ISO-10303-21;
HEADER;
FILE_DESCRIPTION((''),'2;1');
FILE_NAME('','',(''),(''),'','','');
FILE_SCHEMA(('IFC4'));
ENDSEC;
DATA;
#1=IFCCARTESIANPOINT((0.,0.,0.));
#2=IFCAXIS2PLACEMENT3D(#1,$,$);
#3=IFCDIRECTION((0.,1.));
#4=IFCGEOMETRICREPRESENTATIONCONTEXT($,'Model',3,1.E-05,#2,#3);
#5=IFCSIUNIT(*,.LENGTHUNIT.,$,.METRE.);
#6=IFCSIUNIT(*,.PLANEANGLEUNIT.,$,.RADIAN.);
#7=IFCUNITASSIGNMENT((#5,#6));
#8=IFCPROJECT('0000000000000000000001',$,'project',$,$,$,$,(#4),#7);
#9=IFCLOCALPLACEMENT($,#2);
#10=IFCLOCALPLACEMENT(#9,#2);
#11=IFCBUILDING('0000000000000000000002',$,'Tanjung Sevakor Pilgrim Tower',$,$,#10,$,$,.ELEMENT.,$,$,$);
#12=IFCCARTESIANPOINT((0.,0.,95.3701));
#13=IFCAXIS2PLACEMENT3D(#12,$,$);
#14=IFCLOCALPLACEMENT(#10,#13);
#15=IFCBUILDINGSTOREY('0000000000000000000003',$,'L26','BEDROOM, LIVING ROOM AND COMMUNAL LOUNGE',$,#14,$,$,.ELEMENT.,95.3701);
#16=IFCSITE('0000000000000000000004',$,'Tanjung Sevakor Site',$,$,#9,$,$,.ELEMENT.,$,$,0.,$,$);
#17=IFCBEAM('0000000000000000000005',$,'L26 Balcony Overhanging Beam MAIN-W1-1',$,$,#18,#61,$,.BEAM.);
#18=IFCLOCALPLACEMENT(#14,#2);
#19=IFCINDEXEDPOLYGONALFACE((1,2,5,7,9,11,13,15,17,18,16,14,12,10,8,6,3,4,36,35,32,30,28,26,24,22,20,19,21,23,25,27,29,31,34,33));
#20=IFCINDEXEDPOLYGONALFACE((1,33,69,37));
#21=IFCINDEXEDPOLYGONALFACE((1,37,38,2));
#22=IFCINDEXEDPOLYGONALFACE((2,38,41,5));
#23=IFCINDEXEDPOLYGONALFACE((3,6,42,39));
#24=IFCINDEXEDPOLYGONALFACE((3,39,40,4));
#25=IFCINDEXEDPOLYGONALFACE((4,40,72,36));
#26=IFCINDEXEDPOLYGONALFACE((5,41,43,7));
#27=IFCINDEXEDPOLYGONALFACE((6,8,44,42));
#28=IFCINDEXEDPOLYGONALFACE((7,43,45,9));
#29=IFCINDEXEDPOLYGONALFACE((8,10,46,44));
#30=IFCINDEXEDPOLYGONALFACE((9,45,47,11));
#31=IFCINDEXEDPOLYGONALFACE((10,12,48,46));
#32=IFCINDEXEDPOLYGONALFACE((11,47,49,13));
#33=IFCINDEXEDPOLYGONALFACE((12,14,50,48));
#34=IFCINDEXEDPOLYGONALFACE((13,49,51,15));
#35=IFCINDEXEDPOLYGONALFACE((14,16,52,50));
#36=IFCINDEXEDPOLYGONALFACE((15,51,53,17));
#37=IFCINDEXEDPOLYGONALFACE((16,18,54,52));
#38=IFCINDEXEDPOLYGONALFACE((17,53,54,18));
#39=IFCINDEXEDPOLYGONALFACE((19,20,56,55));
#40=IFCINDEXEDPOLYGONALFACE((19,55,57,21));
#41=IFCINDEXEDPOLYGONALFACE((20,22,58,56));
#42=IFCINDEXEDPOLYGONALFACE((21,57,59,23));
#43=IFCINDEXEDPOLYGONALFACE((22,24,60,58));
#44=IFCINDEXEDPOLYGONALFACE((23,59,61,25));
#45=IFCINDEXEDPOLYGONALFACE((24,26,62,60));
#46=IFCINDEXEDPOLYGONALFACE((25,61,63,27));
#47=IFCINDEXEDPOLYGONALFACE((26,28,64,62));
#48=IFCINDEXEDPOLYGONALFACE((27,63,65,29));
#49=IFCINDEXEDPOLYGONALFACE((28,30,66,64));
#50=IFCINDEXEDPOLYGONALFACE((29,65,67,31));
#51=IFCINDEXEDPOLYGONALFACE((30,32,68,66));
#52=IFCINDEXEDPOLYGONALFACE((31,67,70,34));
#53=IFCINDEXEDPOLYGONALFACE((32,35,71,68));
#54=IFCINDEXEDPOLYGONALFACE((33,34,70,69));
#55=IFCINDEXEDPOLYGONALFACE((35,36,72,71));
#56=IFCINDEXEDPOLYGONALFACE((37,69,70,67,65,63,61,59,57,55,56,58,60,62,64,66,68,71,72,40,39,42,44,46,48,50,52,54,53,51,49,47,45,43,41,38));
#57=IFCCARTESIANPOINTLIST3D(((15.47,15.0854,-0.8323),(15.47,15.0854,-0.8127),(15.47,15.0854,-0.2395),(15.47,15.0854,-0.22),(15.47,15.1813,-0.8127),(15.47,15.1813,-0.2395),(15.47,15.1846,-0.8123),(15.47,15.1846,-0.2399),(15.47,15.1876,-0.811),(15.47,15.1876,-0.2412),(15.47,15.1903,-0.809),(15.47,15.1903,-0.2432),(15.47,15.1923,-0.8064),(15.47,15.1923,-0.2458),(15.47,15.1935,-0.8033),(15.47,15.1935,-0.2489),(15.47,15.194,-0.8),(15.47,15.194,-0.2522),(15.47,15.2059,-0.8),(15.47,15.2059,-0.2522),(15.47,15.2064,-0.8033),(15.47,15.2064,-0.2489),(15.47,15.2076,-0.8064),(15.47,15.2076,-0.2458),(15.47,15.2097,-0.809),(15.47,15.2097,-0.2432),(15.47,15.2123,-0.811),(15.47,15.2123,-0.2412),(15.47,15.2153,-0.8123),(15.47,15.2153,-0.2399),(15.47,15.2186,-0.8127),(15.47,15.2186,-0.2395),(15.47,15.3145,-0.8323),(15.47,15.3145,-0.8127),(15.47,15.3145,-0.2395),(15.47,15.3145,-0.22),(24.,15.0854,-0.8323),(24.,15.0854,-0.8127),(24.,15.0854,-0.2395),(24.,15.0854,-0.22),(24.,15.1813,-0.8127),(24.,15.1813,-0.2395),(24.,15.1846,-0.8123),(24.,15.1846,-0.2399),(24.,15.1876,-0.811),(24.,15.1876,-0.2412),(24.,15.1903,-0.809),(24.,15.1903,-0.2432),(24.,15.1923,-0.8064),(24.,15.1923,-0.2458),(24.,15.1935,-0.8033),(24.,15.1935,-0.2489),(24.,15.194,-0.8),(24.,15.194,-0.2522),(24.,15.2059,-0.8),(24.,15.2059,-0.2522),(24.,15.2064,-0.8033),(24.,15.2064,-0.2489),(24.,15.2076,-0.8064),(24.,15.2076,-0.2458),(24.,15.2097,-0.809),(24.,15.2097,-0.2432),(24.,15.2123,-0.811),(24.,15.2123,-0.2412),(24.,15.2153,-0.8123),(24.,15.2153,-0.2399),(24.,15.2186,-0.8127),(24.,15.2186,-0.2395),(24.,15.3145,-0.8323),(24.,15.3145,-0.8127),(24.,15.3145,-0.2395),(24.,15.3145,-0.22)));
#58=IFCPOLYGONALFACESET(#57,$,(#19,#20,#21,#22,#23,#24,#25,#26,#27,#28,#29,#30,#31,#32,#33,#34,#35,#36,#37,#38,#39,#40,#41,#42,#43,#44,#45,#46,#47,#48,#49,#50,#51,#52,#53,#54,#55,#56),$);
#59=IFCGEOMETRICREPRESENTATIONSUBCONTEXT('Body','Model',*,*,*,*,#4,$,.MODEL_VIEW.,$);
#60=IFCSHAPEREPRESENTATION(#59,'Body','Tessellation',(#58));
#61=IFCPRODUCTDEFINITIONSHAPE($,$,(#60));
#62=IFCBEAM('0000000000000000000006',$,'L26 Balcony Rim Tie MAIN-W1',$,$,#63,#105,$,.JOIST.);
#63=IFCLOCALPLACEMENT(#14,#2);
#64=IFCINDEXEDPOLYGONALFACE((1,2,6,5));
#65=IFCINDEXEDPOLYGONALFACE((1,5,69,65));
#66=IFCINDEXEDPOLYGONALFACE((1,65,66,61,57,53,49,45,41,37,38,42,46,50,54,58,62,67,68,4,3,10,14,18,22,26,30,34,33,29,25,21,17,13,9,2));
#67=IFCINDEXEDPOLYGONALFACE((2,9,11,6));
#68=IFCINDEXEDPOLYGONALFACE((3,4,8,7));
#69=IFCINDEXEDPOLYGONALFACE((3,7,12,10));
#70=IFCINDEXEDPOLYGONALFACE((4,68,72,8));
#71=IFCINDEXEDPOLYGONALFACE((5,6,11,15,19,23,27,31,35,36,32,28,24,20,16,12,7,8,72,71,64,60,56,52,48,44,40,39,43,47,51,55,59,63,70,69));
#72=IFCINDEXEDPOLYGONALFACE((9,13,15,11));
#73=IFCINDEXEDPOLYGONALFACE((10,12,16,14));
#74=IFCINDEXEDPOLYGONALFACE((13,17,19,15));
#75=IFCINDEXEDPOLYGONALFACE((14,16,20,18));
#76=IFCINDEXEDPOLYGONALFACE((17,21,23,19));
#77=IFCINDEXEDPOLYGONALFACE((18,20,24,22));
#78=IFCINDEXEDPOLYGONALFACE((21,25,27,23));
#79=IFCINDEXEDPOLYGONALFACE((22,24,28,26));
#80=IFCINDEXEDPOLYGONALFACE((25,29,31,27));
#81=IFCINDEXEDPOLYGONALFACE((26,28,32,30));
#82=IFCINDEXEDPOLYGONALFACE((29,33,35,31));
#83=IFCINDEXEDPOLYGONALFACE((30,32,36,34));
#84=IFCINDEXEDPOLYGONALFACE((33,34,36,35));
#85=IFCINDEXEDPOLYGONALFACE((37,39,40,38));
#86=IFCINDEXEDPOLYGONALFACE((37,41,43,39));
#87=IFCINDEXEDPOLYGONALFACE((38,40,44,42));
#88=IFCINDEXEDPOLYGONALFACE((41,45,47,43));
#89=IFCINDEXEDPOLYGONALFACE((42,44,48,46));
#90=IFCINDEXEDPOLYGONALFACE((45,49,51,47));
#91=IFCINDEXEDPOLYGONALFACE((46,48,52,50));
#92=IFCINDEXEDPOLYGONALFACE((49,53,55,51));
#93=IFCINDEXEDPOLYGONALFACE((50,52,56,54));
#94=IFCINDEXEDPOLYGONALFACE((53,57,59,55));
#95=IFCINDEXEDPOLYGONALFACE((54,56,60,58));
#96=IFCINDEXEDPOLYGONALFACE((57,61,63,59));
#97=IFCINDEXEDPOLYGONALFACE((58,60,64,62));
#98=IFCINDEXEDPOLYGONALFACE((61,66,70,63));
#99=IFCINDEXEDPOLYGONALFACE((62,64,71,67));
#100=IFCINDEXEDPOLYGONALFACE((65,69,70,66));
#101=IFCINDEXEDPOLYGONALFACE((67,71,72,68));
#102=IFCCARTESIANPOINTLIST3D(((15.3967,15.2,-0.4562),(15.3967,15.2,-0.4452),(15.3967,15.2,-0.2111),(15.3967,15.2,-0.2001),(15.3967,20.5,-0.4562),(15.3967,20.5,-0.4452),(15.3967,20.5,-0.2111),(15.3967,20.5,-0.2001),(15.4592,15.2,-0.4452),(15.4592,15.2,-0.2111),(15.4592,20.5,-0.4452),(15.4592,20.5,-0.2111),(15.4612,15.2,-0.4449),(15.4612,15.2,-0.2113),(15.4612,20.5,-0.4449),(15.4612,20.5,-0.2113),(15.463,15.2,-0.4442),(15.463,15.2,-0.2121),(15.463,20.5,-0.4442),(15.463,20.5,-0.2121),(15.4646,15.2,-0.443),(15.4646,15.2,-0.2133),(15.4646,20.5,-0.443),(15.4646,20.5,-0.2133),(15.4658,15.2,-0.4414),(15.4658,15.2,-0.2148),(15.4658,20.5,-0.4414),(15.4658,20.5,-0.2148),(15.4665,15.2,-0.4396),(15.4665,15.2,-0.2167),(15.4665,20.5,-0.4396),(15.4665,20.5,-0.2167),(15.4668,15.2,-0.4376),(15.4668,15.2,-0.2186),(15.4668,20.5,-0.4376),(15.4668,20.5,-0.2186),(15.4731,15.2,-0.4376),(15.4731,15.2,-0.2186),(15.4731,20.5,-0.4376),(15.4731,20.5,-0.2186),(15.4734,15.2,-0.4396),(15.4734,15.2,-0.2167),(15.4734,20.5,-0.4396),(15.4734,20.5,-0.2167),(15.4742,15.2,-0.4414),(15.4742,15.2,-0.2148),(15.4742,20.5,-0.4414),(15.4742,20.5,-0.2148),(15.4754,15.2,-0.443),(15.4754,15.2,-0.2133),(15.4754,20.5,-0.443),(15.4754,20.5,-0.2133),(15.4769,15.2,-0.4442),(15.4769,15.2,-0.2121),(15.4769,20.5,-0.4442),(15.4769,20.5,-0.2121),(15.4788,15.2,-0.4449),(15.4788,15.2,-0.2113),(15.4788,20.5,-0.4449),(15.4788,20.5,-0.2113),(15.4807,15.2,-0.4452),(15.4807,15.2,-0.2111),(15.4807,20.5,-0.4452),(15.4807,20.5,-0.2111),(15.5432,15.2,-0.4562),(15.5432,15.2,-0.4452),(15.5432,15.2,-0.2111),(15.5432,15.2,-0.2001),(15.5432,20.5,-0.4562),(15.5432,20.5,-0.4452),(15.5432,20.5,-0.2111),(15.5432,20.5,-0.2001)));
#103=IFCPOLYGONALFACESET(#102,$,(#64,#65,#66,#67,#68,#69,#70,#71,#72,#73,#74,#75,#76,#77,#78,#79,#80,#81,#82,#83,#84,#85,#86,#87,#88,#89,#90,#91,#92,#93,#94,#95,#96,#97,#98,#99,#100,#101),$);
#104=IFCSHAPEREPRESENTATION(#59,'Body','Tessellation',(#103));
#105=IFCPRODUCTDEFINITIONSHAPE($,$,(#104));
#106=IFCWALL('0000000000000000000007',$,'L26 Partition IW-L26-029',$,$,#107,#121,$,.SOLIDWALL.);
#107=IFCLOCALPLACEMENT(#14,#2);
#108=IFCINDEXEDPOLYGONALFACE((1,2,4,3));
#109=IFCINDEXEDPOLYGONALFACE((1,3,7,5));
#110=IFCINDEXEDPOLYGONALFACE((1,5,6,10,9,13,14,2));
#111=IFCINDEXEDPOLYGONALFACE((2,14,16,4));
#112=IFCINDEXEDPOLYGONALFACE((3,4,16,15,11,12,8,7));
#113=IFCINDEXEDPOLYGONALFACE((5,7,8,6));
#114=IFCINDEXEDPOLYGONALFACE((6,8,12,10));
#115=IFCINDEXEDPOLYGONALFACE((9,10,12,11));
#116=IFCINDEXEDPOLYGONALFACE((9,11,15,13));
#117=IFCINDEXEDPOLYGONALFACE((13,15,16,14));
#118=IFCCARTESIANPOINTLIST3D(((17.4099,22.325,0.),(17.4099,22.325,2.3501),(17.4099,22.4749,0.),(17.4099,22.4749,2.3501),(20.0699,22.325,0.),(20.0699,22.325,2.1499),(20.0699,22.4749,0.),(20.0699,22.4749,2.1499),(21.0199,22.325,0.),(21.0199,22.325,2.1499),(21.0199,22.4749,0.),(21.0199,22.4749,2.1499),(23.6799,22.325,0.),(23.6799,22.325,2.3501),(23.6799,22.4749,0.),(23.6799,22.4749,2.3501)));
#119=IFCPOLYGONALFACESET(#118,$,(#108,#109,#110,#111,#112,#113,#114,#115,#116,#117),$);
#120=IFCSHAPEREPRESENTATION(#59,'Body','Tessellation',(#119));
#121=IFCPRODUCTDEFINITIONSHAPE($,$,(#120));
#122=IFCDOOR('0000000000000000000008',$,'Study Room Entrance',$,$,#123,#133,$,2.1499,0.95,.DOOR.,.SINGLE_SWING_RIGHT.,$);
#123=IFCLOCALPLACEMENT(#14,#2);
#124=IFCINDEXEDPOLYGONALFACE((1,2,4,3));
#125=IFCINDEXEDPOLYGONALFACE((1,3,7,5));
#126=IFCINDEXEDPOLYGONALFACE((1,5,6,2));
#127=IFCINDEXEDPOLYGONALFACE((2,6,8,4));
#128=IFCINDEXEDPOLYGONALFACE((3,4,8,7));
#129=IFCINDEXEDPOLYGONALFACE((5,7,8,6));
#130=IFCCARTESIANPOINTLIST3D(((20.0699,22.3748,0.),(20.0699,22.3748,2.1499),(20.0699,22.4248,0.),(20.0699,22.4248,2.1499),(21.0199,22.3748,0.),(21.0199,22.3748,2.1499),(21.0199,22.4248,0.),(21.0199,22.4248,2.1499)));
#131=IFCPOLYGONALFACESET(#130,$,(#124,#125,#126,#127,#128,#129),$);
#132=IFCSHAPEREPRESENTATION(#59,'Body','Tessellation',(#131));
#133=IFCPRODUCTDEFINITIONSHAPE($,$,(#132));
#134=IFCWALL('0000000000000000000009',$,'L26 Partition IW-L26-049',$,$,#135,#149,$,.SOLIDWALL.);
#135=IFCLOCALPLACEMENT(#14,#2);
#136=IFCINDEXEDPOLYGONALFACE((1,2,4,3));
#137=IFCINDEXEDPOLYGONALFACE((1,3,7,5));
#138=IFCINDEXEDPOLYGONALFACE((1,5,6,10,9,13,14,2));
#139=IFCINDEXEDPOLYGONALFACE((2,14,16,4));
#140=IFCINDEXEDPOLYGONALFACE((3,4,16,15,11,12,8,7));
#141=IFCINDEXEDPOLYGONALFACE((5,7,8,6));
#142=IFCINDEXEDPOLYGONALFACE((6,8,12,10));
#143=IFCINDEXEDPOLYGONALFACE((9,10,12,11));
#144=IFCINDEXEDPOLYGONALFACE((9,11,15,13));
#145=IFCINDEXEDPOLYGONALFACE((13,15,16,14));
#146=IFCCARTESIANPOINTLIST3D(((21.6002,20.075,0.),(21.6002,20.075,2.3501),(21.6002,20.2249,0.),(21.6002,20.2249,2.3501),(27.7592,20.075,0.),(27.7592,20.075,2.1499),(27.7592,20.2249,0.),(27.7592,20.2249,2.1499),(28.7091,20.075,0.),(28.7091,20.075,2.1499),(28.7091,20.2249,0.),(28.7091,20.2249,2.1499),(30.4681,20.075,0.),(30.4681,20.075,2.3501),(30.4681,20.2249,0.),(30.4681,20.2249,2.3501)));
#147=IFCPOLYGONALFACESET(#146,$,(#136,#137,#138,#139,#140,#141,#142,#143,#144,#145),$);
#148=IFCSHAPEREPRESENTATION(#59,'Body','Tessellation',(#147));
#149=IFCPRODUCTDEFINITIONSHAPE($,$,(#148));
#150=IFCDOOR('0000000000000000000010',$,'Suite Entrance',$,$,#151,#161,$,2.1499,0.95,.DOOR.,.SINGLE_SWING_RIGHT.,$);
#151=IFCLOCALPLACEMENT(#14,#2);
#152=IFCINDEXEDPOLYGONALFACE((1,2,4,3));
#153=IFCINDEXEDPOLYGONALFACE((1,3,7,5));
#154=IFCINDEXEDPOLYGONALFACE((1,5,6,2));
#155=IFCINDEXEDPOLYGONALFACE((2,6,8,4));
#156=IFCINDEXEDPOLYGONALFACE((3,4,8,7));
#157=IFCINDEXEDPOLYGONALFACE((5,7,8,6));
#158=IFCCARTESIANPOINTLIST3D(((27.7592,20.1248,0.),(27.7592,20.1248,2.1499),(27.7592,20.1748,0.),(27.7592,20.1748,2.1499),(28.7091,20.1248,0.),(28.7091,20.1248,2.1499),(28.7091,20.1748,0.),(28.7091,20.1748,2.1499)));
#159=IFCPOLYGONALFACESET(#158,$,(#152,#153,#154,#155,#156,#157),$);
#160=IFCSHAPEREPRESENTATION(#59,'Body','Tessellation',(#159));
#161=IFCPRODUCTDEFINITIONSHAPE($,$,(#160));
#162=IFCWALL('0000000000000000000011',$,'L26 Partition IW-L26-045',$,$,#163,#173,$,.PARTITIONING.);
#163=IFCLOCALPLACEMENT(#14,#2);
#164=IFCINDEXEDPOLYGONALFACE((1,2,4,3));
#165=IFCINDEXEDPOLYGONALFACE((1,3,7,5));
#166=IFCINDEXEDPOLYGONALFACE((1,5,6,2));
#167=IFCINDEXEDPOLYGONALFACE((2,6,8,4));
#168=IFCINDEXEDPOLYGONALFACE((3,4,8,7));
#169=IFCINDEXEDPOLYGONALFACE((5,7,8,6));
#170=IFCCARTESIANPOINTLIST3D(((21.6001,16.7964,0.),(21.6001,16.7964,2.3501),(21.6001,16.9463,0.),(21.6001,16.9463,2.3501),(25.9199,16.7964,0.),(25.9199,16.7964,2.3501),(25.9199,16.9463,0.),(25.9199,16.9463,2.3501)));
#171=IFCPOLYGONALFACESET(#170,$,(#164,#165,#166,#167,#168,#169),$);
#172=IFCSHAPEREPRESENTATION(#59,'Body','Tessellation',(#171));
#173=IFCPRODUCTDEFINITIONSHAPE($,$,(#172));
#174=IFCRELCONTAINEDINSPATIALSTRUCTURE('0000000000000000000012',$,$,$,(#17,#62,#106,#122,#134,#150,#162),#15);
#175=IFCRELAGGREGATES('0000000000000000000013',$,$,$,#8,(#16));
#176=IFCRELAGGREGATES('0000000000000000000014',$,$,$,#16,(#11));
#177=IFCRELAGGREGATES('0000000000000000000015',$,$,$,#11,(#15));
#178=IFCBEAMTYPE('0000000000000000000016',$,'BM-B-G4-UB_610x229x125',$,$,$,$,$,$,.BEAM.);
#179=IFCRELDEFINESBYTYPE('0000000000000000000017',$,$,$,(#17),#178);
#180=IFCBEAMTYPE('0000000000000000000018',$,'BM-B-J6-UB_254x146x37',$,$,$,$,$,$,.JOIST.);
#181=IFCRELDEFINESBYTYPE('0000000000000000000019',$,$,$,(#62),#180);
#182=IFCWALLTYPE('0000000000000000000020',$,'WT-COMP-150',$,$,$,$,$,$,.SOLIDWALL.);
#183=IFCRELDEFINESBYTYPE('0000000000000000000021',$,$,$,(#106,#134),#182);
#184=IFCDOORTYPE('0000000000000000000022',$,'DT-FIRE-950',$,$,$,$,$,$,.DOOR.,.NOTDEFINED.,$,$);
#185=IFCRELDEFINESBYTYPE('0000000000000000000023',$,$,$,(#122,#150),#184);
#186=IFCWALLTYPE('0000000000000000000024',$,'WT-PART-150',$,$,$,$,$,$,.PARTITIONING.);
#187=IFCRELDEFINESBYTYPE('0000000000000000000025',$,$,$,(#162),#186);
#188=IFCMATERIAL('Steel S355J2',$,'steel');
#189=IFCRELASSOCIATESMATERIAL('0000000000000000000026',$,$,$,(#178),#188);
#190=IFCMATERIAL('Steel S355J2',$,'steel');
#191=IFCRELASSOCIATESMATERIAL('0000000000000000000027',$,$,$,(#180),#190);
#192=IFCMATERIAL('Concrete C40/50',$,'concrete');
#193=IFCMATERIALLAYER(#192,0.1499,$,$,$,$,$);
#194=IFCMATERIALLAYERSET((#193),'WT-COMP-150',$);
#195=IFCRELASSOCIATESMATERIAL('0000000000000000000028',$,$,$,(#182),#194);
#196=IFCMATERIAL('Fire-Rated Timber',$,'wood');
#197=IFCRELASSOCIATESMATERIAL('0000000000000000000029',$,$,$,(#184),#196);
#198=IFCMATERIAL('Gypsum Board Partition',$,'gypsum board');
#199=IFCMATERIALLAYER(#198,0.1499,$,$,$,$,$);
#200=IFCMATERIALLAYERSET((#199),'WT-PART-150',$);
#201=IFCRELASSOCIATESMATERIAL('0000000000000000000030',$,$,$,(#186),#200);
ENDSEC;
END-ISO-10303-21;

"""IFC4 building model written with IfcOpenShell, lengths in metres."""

from ifc_helpers import new_model, si_unit, direction, frame, frame_2d, origin, origin_2d, place, context, subcontext, project, spatial, rectangle, i_section, extrude, material, layer, layer_set, material_profile, profile_set, type_object, element, fill, save


model = new_model("IFC4")

# Units and contexts
model_context = context("Model", 3, precision=1e-05, world=origin(), true_north=direction((0.0, 1.0)))
body_context = subcontext(model_context, "Body", "Model", "MODEL_VIEW")
ifc_project = project(units=[si_unit("LENGTHUNIT", "METRE"), si_unit("PLANEANGLEUNIT", "RADIAN")], contexts=[model_context])

# Site, building, storey
site_placement = place(None, origin())
site = spatial("IfcSite", under=ifc_project, at=site_placement, Name="Tanjung Sevakor Site", CompositionType="ELEMENT", RefElevation=0.0)
building_placement = place(site_placement, origin())
building = spatial("IfcBuilding", under=site, at=building_placement, Name="Tanjung Sevakor Pilgrim Tower", CompositionType="ELEMENT")
storey_placement = place(building_placement, frame((0.0, 0.0, 95.3701)))
storey = spatial("IfcBuildingStorey", under=building, at=storey_placement, Name="L26", Description="BEDROOM, LIVING ROOM AND COMMUNAL LOUNGE", CompositionType="ELEMENT", Elevation=95.3701)

# Beams
ifc_material_1 = material(Name="Steel S355J2", Category="steel")
ifc_material_profile_1 = material_profile(ifc_material_1, i_section(OverallWidth=0.229, OverallDepth=0.6123, WebThickness=0.012, FlangeThickness=0.0195, FilletRadius=0.0127, at=origin_2d()))
ifc_profile_set_1 = profile_set([ifc_material_profile_1], Name="Steel S355J2")
beam_type_1 = type_object("IfcBeamType", Name="BM-B-G4-UB_610x229x125", PredefinedType="BEAM", material=ifc_profile_set_1)
beam_1_placement = place(storey_placement, frame((24.0, 15.2, -0.5261), z_axis=(-1.0, 0.0, 0.0), x_axis=(0.0, -1.0, 0.0)))
element("IfcBeam", 1, at=beam_1_placement, inside=storey, type_object=beam_type_1, Name="L26 Balcony Overhanging Beam MAIN-W1-1", PredefinedType="BEAM", context=body_context, shape_type="SweptSolid", body=[
    extrude(i_section(OverallWidth=0.229, OverallDepth=0.6123, WebThickness=0.012, FlangeThickness=0.0195, FilletRadius=0.0127, at=origin_2d()), origin(), (0.0, 0.0, 1.0), 8.53),
])
ifc_material_2 = material(Name="Steel S355J2", Category="steel")
ifc_material_profile_2 = material_profile(ifc_material_2, i_section(OverallWidth=0.1465, OverallDepth=0.2561, WebThickness=0.0063, FlangeThickness=0.011, FilletRadius=0.0076, at=origin_2d()))
ifc_profile_set_2 = profile_set([ifc_material_profile_2], Name="Steel S355J2")
beam_type_2 = type_object("IfcBeamType", Name="BM-B-J6-UB_254x146x37", PredefinedType="JOIST", material=ifc_profile_set_2)
beam_2_placement = place(storey_placement, frame((15.47, 15.2, -0.3281), z_axis=(0.0, 1.0, 0.0), x_axis=(-1.0, 0.0, 0.0)))
element("IfcBeam", 2, at=beam_2_placement, inside=storey, type_object=beam_type_2, Name="L26 Balcony Rim Tie MAIN-W1", PredefinedType="JOIST", context=body_context, shape_type="SweptSolid", body=[
    extrude(i_section(OverallWidth=0.1465, OverallDepth=0.2561, WebThickness=0.0063, FlangeThickness=0.011, FilletRadius=0.0076, at=origin_2d()), origin(), (0.0, 0.0, 1.0), 5.3),
])

# Walls, openings, doors
ifc_material_3 = material(Name="Concrete C40/50", Category="concrete")
ifc_layer_1 = layer(ifc_material_3, 0.1499)
ifc_layer_set_1 = layer_set([ifc_layer_1], Name="WT-COMP-150")
wall_type_1 = type_object("IfcWallType", Name="WT-COMP-150", PredefinedType="SOLIDWALL", material=ifc_layer_set_1)
wall_1_placement = place(storey_placement, frame((17.4099, 22.3999, 0.0), z_axis=(0.0, 0.0, 1.0), x_axis=(1.0, 0.0, 0.0)))
wall_1 = element("IfcWall", 3, at=wall_1_placement, inside=storey, type_object=wall_type_1, Name="L26 Partition IW-L26-029", PredefinedType="SOLIDWALL", context=body_context, shape_type="SweptSolid", body=[
    extrude(rectangle(XDim=6.27, YDim=0.1499, at=frame_2d((3.135, 0.0))), origin(), (0.0, 0.0, 1.0), 2.3501),
])
opening_1_placement = place(wall_1_placement, frame((2.6599, 0.0, 0.0)))
opening_1 = element("IfcOpeningElement", 4, at=opening_1_placement, cuts=wall_1, PredefinedType="OPENING", context=body_context, shape_type="SweptSolid", body=[
    extrude(rectangle(XDim=0.95, YDim=2.1499, at=frame_2d((0.4751, 1.075))), frame((0.0, 0.085, 0.0), z_axis=(0.0, -1.0, 0.0), x_axis=(1.0, 0.0, 0.0)), (0.0, 0.0, 1.0), 0.1699),
])
ifc_material_4 = material(Name="Fire-Rated Timber", Category="wood")
door_type = type_object("IfcDoorType", Name="DT-FIRE-950", OperationType="NOTDEFINED", PredefinedType="DOOR", material=ifc_material_4)
door_1_placement = place(opening_1_placement, origin())
door_1 = element("IfcDoor", 5, at=door_1_placement, inside=storey, type_object=door_type, Name="Study Room Entrance", OperationType="SINGLE_SWING_RIGHT", OverallHeight=2.1499, OverallWidth=0.95, PredefinedType="DOOR", context=body_context, shape_type="SweptSolid", body=[
    extrude(rectangle(XDim=0.95, YDim=2.1499, at=frame_2d((0.4751, 1.075))), frame((0.0, 0.0249, 0.0), z_axis=(0.0, -1.0, 0.0), x_axis=(1.0, 0.0, 0.0)), (0.0, 0.0, 1.0), 0.05),
])
fill(opening_1, door_1)
wall_2_placement = place(storey_placement, frame((21.6001, 20.1499, 0.0), z_axis=(0.0, 0.0, 1.0), x_axis=(1.0, 0.0, 0.0)))
wall_2 = element("IfcWall", 6, at=wall_2_placement, inside=storey, type_object=wall_type_1, Name="L26 Partition IW-L26-049", PredefinedType="SOLIDWALL", context=body_context, shape_type="SweptSolid", body=[
    extrude(rectangle(XDim=8.8679, YDim=0.1499, at=frame_2d((4.4341, 0.0))), origin(), (0.0, 0.0, 1.0), 2.3501),
])
opening_2_placement = place(wall_2_placement, frame((6.1589, 0.0, 0.0)))
opening_2 = element("IfcOpeningElement", 7, at=opening_2_placement, cuts=wall_2, PredefinedType="OPENING", context=body_context, shape_type="SweptSolid", body=[
    extrude(rectangle(XDim=0.95, YDim=2.1499, at=frame_2d((0.4751, 1.075))), frame((0.0, 0.085, 0.0), z_axis=(0.0, -1.0, 0.0), x_axis=(1.0, 0.0, 0.0)), (0.0, 0.0, 1.0), 0.1699),
])
door_2_placement = place(opening_2_placement, origin())
door_2 = element("IfcDoor", 8, at=door_2_placement, inside=storey, type_object=door_type, Name="Suite Entrance", OperationType="SINGLE_SWING_RIGHT", OverallHeight=2.1499, OverallWidth=0.95, PredefinedType="DOOR", context=body_context, shape_type="SweptSolid", body=[
    extrude(rectangle(XDim=0.95, YDim=2.1499, at=frame_2d((0.4751, 1.075))), frame((0.0, 0.0249, 0.0), z_axis=(0.0, -1.0, 0.0), x_axis=(1.0, 0.0, 0.0)), (0.0, 0.0, 1.0), 0.05),
])
fill(opening_2, door_2)

# Wall
ifc_material_5 = material(Name="Gypsum Board Partition", Category="gypsum board")
ifc_layer_2 = layer(ifc_material_5, 0.1499)
ifc_layer_set_2 = layer_set([ifc_layer_2], Name="WT-PART-150")
wall_type_2 = type_object("IfcWallType", Name="WT-PART-150", PredefinedType="PARTITIONING", material=ifc_layer_set_2)
wall_3_placement = place(storey_placement, frame((21.6001, 16.8713, 0.0), z_axis=(0.0, 0.0, 1.0), x_axis=(1.0, 0.0, 0.0)))
element("IfcWall", 9, at=wall_3_placement, inside=storey, type_object=wall_type_2, Name="L26 Partition IW-L26-045", PredefinedType="PARTITIONING", context=body_context, shape_type="SweptSolid", body=[
    extrude(rectangle(XDim=4.3198, YDim=0.1499, at=frame_2d((2.1599, 0.0))), origin(), (0.0, 0.0, 1.0), 2.3501),
])

save(model, "model.ifc")
